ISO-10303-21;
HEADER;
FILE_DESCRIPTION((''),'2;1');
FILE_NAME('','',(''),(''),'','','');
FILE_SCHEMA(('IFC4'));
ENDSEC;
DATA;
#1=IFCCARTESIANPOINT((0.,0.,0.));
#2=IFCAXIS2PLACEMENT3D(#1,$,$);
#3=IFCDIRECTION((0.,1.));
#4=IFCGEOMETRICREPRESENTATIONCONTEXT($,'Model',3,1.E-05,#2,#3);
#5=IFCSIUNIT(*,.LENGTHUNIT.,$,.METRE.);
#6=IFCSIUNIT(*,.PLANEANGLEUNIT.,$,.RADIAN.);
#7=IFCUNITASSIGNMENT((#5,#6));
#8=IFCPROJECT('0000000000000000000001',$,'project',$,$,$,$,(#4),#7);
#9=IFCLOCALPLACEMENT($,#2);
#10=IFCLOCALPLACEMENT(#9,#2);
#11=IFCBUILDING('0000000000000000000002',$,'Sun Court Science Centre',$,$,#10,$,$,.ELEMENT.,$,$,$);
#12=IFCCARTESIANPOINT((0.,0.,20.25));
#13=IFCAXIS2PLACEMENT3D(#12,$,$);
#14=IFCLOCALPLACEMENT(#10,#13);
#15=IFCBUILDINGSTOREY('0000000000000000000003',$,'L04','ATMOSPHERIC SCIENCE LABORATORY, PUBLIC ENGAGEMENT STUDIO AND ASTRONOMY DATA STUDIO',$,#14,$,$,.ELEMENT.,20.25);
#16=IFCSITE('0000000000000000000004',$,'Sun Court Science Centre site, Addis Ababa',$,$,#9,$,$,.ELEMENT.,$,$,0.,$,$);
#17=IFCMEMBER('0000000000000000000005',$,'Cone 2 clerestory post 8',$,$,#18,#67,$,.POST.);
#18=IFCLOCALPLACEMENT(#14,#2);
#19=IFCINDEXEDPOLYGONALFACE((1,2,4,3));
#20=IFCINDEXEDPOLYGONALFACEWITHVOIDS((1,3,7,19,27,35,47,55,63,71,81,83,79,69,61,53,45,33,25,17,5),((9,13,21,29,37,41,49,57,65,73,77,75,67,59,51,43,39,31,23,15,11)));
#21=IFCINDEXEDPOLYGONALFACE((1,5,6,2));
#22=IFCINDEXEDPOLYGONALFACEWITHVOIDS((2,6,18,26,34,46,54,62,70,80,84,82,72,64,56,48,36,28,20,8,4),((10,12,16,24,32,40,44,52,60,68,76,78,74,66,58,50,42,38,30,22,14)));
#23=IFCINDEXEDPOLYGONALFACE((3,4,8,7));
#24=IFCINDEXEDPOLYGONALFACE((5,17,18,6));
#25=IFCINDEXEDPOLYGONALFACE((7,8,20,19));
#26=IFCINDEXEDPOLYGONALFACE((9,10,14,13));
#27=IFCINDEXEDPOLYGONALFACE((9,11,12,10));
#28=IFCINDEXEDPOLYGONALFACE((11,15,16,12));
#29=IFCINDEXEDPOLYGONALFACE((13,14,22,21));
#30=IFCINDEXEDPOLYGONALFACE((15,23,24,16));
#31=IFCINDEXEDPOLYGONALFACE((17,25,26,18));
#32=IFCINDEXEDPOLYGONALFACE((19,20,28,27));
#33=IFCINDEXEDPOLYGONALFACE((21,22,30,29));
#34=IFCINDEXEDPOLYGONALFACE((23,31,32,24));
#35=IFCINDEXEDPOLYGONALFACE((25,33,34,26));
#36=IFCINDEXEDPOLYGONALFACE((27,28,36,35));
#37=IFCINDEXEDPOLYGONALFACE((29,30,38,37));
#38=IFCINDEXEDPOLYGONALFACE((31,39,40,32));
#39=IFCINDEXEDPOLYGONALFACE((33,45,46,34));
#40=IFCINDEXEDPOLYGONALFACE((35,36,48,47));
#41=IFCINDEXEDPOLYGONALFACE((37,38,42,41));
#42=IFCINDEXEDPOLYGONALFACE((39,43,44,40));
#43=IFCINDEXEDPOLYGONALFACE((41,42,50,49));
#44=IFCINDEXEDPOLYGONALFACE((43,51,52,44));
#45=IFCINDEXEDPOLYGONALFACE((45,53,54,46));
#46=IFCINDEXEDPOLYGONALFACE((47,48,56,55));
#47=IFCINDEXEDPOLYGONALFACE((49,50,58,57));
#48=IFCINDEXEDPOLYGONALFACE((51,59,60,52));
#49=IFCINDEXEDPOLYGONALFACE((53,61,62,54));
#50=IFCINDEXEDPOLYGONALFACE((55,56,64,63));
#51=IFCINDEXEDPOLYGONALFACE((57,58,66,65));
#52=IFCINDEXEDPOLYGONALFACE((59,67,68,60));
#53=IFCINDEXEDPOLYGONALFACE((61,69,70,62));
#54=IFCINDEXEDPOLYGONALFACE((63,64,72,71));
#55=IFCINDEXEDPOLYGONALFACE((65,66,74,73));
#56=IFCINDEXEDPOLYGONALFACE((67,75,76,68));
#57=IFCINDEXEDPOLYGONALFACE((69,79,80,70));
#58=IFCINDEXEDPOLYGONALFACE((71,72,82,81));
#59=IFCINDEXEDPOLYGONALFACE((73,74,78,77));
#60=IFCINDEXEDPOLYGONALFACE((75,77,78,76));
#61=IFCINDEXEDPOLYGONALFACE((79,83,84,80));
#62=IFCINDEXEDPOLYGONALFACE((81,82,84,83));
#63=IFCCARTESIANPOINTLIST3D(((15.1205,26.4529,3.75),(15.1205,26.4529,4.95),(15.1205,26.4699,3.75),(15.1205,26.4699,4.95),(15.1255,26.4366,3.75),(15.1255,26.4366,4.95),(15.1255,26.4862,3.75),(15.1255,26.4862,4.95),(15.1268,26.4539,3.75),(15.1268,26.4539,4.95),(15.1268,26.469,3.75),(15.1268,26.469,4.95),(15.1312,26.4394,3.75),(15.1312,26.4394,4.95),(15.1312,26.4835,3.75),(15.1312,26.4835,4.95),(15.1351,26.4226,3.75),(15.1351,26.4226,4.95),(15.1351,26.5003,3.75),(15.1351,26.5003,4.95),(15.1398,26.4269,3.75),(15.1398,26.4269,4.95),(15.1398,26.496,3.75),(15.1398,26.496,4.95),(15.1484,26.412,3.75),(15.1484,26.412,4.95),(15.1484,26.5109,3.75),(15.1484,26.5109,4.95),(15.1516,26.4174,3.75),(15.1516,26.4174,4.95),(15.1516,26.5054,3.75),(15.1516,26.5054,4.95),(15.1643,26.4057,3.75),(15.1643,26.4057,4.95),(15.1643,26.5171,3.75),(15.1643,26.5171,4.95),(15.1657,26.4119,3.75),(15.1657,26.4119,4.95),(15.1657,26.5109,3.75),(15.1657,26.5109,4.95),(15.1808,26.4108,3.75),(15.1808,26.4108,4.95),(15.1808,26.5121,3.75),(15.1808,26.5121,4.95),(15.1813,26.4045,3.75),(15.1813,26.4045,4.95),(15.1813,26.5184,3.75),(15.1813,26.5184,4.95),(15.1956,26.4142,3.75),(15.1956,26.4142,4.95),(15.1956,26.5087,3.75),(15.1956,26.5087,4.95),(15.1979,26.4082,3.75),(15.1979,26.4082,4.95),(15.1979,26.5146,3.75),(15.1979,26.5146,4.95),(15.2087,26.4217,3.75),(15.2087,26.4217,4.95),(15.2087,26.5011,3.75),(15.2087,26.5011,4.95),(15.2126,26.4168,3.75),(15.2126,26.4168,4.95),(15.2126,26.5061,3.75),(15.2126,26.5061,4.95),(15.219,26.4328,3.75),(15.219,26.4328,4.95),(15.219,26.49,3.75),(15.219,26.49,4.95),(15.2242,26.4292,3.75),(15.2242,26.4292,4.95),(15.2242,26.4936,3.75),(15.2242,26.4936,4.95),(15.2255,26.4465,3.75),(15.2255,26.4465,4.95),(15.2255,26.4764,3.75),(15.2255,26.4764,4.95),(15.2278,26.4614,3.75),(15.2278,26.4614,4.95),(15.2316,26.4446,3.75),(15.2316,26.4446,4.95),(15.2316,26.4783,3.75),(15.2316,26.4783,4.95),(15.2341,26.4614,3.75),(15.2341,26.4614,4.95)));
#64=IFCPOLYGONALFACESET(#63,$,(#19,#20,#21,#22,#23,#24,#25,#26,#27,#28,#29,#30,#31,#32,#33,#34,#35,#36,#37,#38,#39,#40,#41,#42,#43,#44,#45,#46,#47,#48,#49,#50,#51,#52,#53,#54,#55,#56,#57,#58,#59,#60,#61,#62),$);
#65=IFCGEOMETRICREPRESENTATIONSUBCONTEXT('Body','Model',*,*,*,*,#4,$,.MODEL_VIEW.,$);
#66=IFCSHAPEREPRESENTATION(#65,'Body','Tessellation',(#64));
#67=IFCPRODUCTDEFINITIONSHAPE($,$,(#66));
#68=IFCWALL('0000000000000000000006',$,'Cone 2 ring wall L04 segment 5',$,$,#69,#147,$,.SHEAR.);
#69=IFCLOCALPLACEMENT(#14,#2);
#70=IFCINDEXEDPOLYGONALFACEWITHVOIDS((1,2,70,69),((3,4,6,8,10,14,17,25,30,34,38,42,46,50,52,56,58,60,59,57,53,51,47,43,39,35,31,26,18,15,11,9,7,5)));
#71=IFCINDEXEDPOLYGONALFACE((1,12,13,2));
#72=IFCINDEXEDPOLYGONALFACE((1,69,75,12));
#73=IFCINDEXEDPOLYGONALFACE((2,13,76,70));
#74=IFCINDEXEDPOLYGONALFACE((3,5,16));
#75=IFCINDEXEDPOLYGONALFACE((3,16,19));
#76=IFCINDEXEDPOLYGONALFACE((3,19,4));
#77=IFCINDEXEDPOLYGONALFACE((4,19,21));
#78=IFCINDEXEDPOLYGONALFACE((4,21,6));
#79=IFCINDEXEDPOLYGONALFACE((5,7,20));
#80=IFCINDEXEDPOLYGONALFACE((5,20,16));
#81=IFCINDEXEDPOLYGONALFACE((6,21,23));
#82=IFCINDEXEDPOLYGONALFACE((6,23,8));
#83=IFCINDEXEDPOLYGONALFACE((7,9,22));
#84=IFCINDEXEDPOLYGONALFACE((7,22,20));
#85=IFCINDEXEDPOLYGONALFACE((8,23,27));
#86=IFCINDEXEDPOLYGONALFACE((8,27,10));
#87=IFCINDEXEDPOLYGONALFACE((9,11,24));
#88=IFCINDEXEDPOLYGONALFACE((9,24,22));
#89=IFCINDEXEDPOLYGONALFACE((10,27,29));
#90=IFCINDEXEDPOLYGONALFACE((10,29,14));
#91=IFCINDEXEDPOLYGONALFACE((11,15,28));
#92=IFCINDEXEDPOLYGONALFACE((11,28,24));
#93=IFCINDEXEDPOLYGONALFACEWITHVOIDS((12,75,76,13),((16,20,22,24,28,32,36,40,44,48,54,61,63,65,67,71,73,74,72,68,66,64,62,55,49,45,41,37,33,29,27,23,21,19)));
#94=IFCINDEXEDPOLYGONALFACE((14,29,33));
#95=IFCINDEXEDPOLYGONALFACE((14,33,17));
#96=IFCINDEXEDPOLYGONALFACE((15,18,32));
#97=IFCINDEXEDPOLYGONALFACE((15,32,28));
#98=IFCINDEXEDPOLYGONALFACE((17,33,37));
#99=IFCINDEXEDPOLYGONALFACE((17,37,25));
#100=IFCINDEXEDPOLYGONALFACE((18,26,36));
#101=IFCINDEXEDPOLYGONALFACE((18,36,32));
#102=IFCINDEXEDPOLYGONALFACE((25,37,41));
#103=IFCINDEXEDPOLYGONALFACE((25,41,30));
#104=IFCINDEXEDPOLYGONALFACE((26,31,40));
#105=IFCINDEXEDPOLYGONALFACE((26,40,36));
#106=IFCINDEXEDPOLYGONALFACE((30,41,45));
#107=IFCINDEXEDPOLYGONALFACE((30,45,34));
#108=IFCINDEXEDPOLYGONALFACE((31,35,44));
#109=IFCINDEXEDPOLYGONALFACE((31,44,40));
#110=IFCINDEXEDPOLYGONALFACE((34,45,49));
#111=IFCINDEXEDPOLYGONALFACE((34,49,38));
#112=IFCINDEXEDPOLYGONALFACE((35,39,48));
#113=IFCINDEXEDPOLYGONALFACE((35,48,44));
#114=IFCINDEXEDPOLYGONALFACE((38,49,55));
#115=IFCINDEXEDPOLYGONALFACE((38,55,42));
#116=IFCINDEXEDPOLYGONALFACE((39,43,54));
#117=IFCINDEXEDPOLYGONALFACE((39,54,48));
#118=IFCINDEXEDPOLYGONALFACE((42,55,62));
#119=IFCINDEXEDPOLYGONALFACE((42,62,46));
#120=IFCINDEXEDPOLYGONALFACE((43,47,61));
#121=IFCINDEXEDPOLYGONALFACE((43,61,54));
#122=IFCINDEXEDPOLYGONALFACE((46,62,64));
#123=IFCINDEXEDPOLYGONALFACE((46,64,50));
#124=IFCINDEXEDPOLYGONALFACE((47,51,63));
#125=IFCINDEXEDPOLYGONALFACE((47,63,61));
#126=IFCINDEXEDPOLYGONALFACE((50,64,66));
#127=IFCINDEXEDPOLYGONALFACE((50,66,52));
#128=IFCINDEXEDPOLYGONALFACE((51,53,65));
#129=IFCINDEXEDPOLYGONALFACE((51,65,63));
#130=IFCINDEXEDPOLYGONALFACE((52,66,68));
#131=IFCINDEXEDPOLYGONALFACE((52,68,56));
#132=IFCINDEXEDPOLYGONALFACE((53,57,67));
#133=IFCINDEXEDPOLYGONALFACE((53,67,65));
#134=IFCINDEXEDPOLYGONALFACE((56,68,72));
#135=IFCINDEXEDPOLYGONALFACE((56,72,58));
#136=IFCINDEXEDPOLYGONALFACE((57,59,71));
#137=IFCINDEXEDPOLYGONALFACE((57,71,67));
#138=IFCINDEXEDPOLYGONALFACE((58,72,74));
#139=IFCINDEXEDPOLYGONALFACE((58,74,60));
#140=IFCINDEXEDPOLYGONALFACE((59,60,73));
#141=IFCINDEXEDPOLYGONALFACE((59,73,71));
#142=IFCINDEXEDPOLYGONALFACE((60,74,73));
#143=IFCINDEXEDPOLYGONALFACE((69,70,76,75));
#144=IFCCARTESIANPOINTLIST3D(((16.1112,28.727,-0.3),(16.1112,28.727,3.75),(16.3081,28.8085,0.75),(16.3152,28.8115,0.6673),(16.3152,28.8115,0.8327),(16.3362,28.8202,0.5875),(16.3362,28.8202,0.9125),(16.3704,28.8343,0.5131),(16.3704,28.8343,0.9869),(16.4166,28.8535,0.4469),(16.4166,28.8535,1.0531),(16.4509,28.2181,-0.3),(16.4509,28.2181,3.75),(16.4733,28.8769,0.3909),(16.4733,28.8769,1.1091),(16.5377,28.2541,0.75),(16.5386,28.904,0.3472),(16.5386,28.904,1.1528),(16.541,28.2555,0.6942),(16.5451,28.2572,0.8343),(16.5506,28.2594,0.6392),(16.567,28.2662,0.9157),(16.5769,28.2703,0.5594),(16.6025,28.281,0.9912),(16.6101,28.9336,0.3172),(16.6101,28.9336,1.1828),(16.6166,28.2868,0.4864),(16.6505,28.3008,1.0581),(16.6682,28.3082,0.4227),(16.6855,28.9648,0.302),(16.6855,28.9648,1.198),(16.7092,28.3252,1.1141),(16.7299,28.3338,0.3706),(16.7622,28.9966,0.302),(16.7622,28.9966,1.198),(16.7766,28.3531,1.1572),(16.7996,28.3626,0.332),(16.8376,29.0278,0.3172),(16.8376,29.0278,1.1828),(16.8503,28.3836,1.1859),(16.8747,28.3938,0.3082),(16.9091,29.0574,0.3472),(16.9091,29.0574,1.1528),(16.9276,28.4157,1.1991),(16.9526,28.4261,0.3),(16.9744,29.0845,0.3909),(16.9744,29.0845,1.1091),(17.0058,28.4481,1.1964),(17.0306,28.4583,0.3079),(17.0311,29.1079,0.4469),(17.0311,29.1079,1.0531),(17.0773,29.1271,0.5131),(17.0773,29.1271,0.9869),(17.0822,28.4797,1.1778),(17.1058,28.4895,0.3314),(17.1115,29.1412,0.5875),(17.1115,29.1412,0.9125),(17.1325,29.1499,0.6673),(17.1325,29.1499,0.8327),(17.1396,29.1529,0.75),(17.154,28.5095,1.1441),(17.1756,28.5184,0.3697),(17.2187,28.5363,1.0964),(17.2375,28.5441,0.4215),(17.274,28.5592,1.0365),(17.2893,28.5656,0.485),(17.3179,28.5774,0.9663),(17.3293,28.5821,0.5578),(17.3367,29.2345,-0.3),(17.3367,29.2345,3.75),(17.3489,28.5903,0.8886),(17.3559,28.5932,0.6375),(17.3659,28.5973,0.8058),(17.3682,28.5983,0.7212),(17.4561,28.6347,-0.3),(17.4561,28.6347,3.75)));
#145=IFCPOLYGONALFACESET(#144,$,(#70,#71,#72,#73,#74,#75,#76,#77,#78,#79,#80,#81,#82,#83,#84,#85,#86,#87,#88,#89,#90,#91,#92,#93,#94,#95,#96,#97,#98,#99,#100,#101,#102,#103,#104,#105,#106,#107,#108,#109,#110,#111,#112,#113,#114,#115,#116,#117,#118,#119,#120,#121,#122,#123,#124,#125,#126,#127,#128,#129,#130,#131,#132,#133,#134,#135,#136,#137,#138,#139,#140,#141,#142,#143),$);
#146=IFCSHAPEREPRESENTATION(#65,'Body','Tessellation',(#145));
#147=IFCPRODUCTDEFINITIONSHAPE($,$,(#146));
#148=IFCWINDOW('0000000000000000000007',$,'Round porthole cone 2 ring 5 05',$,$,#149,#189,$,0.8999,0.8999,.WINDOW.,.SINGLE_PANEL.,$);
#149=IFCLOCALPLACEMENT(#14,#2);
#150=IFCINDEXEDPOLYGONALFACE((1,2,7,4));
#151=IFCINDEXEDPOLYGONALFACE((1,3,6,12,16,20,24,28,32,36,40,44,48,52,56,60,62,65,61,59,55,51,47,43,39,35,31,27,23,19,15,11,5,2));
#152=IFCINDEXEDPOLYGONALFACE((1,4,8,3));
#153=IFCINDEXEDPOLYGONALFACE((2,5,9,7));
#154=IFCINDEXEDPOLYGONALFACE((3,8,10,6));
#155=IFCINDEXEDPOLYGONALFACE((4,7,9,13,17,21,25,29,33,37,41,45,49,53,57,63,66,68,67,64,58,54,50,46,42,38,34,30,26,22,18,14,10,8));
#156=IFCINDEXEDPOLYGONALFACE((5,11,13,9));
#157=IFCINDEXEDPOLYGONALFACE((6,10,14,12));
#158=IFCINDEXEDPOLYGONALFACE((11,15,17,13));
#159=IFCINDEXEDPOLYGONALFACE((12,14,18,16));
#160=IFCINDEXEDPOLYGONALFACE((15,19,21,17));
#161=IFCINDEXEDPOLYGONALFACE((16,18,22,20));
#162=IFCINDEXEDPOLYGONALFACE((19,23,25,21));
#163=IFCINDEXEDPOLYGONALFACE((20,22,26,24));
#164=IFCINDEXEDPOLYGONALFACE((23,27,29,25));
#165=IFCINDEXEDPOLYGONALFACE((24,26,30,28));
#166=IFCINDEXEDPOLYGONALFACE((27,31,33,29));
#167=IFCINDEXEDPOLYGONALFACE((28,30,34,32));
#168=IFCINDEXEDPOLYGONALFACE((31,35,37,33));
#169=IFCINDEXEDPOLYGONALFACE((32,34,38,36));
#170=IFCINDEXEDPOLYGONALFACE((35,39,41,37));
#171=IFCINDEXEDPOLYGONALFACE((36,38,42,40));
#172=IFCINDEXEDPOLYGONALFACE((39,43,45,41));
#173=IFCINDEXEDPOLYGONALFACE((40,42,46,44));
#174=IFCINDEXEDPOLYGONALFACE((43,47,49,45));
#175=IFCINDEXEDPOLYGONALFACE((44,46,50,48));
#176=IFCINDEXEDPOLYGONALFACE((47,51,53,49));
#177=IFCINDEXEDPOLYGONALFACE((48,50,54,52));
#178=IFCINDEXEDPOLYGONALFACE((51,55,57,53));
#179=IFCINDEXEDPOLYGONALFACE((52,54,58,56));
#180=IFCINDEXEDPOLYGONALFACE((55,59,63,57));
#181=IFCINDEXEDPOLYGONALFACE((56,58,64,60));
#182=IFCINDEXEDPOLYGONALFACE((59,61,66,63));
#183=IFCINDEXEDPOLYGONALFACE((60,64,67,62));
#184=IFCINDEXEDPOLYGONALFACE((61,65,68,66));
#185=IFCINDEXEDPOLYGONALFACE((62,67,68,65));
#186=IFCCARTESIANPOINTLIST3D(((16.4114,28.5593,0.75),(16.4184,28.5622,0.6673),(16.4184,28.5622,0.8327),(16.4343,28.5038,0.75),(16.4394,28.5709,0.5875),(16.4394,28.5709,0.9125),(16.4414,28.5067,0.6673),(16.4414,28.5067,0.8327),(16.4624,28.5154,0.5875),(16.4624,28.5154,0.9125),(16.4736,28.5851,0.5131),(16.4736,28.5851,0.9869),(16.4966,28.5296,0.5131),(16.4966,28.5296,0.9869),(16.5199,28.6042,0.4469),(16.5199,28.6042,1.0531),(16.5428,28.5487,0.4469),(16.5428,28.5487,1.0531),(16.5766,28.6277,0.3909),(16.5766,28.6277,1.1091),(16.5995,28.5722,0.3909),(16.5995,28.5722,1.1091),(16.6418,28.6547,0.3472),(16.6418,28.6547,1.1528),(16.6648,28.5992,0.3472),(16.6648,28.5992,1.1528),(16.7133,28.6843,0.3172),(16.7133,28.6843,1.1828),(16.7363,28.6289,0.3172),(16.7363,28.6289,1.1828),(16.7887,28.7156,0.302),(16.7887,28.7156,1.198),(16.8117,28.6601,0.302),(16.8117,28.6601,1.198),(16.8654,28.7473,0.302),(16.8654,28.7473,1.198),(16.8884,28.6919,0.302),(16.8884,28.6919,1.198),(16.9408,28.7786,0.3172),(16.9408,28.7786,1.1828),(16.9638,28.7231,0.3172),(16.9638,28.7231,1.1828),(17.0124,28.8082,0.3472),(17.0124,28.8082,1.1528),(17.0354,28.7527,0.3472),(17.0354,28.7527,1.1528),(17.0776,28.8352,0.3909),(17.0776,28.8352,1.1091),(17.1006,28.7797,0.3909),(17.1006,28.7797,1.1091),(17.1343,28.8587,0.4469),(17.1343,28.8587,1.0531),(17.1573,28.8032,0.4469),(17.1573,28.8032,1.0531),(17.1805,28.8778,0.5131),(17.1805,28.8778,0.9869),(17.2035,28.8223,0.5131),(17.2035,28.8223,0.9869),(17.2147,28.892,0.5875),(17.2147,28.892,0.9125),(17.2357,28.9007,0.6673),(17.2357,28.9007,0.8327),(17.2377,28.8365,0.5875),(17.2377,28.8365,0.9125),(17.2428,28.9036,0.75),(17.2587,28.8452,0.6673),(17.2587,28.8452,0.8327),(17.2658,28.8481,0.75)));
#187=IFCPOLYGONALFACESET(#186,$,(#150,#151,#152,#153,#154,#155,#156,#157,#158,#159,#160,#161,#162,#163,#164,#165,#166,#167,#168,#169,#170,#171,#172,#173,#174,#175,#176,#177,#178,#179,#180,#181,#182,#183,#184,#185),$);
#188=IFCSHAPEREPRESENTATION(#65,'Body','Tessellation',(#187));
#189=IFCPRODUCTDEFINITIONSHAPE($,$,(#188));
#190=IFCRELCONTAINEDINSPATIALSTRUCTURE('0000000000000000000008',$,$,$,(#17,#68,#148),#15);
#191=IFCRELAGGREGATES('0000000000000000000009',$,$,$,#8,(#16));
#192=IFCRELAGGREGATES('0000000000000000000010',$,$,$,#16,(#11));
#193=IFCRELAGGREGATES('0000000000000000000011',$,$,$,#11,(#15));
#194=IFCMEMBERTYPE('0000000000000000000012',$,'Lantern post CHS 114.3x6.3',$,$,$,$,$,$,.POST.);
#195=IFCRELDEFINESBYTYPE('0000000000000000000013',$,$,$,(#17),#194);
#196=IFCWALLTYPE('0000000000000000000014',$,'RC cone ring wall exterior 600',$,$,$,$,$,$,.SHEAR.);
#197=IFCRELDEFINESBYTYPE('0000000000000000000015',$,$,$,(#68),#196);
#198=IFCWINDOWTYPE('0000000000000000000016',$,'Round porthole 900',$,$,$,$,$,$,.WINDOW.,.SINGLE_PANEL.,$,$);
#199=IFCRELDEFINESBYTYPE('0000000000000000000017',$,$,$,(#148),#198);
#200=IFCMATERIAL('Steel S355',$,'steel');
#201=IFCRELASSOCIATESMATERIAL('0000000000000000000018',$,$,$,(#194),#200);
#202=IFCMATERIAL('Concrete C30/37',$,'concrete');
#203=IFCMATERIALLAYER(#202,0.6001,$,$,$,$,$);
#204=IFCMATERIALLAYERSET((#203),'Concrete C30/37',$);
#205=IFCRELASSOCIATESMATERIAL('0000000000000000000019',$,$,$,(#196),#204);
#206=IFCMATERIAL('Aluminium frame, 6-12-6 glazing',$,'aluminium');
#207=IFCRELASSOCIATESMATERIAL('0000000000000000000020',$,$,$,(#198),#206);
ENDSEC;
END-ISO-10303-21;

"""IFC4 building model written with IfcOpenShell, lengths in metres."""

from ifc_helpers import new_model, si_unit, direction, frame, frame_2d, origin, origin_2d, place, context, subcontext, project, spatial, polyline, circle, hollow_circle, outline, extrude, material, layer, layer_set, material_profile, profile_set, type_object, element, fill, save


model = new_model("IFC4")

# Units and contexts
model_context = context("Model", 3, precision=1e-05, world=origin(), true_north=direction((0.0, 1.0)))
body_context = subcontext(model_context, "Body", "Model", "MODEL_VIEW")
ifc_project = project(units=[si_unit("LENGTHUNIT", "METRE"), si_unit("PLANEANGLEUNIT", "RADIAN")], contexts=[model_context])

# Site, building, storey
site_placement = place(None, origin())
site = spatial("IfcSite", under=ifc_project, at=site_placement, Name="Sun Court Science Centre site, Addis Ababa", CompositionType="ELEMENT", RefElevation=0.0)
building_placement = place(site_placement, origin())
building = spatial("IfcBuilding", under=site, at=building_placement, Name="Sun Court Science Centre", CompositionType="ELEMENT")
storey_placement = place(building_placement, frame((0.0, 0.0, 20.25)))
storey = spatial("IfcBuildingStorey", under=building, at=storey_placement, Name="L04", Description="ATMOSPHERIC SCIENCE LABORATORY, PUBLIC ENGAGEMENT STUDIO AND ASTRONOMY DATA STUDIO", CompositionType="ELEMENT", Elevation=20.25)

# Member
ifc_material_1 = material(Name="Steel S355", Category="steel")
ifc_material_profile_1 = material_profile(ifc_material_1, hollow_circle(Radius=0.0571, WallThickness=0.0063, at=origin_2d()), Name="CHS 114.3x6.3")
ifc_profile_set_1 = profile_set([ifc_material_profile_1], Name="Steel S355")
member_type_1 = type_object("IfcMemberType", Name="Lantern post CHS 114.3x6.3", PredefinedType="POST", material=ifc_profile_set_1)
for number, where, z_axis, x_axis, name in (
    (1, (15.177, 26.4614, 3.75), (0.0, 0.0, 1.0), (1.0, 0.0, 0.0), "Cone 2 clerestory post 8"),
):
    element("IfcMember", number, at=place(storey_placement, frame(where, z_axis=z_axis, x_axis=x_axis)), inside=storey, type_object=member_type_1, Name=name, PredefinedType="POST", context=body_context, shape_type="SweptSolid", body=[
        extrude(hollow_circle(Radius=0.0571, WallThickness=0.0063, at=origin_2d()), origin(), (0.0, 0.0, 1.0), 1.2),
    ])

# Wall, opening, window
ifc_material_2 = material(Name="Concrete C30/37", Category="concrete")
ifc_layer = layer(ifc_material_2, 0.6001)
ifc_layer_set = layer_set([ifc_layer], Name="Concrete C30/37")
wall_type = type_object("IfcWallType", Name="RC cone ring wall exterior 600", PredefinedType="SHEAR", material=ifc_layer_set)
wall_1_placement = place(storey_placement, frame((17.4514, 28.9575, -0.3), z_axis=(0.0, 0.0, 1.0), x_axis=(-0.923902, -0.382628, 0.0)))
wall_1 = element("IfcWall", 2, at=wall_1_placement, inside=storey, type_object=wall_type, Name="Cone 2 ring wall L04 segment 5", PredefinedType="SHEAR", context=body_context, shape_type="SweptSolid", body=[
    extrude(outline(polyline([(0.0, -0.2998), (1.3264, -0.2998), (1.2073, 0.3003), (0.1191, 0.3), (0.0, -0.2998)])), origin(), (0.0, 0.0, 1.0), 4.05),
])
opening_1_placement = place(wall_1_placement, frame((0.2134, 0.0, 0.6001)))
opening_1 = element("IfcOpeningElement", 3, at=opening_1_placement, cuts=wall_1, PredefinedType="OPENING", context=body_context, shape_type="SweptSolid", body=[
    extrude(circle(Radius=0.45, at=frame_2d((0.45, 0.45))), frame((0.0, 0.3101, 0.0), z_axis=(0.0, -1.0, 0.0), x_axis=(1.0, 0.0, 0.0)), (0.0, 0.0, 1.0), 0.6201),
])
ifc_material_3 = material(Name="Aluminium frame, 6-12-6 glazing", Category="aluminium")
window_type = type_object("IfcWindowType", Name="Round porthole 900", PartitioningType="SINGLE_PANEL", PredefinedType="WINDOW", material=ifc_material_3)
window_1_placement = place(opening_1_placement, origin())
window_1 = element("IfcWindow", 4, at=window_1_placement, inside=storey, type_object=window_type, Name="Round porthole cone 2 ring 5 05", OverallHeight=0.8999, OverallWidth=0.8999, PartitioningType="SINGLE_PANEL", PredefinedType="WINDOW", context=body_context, shape_type="SweptSolid", body=[
    extrude(circle(Radius=0.45, at=frame_2d((0.45, 0.45))), frame((0.0, 0.03, 0.0), z_axis=(0.0, -1.0, 0.0), x_axis=(1.0, 0.0, 0.0)), (0.0, 0.0, 1.0), 0.0601),
])
fill(opening_1, window_1)

save(model, "model.ifc")
